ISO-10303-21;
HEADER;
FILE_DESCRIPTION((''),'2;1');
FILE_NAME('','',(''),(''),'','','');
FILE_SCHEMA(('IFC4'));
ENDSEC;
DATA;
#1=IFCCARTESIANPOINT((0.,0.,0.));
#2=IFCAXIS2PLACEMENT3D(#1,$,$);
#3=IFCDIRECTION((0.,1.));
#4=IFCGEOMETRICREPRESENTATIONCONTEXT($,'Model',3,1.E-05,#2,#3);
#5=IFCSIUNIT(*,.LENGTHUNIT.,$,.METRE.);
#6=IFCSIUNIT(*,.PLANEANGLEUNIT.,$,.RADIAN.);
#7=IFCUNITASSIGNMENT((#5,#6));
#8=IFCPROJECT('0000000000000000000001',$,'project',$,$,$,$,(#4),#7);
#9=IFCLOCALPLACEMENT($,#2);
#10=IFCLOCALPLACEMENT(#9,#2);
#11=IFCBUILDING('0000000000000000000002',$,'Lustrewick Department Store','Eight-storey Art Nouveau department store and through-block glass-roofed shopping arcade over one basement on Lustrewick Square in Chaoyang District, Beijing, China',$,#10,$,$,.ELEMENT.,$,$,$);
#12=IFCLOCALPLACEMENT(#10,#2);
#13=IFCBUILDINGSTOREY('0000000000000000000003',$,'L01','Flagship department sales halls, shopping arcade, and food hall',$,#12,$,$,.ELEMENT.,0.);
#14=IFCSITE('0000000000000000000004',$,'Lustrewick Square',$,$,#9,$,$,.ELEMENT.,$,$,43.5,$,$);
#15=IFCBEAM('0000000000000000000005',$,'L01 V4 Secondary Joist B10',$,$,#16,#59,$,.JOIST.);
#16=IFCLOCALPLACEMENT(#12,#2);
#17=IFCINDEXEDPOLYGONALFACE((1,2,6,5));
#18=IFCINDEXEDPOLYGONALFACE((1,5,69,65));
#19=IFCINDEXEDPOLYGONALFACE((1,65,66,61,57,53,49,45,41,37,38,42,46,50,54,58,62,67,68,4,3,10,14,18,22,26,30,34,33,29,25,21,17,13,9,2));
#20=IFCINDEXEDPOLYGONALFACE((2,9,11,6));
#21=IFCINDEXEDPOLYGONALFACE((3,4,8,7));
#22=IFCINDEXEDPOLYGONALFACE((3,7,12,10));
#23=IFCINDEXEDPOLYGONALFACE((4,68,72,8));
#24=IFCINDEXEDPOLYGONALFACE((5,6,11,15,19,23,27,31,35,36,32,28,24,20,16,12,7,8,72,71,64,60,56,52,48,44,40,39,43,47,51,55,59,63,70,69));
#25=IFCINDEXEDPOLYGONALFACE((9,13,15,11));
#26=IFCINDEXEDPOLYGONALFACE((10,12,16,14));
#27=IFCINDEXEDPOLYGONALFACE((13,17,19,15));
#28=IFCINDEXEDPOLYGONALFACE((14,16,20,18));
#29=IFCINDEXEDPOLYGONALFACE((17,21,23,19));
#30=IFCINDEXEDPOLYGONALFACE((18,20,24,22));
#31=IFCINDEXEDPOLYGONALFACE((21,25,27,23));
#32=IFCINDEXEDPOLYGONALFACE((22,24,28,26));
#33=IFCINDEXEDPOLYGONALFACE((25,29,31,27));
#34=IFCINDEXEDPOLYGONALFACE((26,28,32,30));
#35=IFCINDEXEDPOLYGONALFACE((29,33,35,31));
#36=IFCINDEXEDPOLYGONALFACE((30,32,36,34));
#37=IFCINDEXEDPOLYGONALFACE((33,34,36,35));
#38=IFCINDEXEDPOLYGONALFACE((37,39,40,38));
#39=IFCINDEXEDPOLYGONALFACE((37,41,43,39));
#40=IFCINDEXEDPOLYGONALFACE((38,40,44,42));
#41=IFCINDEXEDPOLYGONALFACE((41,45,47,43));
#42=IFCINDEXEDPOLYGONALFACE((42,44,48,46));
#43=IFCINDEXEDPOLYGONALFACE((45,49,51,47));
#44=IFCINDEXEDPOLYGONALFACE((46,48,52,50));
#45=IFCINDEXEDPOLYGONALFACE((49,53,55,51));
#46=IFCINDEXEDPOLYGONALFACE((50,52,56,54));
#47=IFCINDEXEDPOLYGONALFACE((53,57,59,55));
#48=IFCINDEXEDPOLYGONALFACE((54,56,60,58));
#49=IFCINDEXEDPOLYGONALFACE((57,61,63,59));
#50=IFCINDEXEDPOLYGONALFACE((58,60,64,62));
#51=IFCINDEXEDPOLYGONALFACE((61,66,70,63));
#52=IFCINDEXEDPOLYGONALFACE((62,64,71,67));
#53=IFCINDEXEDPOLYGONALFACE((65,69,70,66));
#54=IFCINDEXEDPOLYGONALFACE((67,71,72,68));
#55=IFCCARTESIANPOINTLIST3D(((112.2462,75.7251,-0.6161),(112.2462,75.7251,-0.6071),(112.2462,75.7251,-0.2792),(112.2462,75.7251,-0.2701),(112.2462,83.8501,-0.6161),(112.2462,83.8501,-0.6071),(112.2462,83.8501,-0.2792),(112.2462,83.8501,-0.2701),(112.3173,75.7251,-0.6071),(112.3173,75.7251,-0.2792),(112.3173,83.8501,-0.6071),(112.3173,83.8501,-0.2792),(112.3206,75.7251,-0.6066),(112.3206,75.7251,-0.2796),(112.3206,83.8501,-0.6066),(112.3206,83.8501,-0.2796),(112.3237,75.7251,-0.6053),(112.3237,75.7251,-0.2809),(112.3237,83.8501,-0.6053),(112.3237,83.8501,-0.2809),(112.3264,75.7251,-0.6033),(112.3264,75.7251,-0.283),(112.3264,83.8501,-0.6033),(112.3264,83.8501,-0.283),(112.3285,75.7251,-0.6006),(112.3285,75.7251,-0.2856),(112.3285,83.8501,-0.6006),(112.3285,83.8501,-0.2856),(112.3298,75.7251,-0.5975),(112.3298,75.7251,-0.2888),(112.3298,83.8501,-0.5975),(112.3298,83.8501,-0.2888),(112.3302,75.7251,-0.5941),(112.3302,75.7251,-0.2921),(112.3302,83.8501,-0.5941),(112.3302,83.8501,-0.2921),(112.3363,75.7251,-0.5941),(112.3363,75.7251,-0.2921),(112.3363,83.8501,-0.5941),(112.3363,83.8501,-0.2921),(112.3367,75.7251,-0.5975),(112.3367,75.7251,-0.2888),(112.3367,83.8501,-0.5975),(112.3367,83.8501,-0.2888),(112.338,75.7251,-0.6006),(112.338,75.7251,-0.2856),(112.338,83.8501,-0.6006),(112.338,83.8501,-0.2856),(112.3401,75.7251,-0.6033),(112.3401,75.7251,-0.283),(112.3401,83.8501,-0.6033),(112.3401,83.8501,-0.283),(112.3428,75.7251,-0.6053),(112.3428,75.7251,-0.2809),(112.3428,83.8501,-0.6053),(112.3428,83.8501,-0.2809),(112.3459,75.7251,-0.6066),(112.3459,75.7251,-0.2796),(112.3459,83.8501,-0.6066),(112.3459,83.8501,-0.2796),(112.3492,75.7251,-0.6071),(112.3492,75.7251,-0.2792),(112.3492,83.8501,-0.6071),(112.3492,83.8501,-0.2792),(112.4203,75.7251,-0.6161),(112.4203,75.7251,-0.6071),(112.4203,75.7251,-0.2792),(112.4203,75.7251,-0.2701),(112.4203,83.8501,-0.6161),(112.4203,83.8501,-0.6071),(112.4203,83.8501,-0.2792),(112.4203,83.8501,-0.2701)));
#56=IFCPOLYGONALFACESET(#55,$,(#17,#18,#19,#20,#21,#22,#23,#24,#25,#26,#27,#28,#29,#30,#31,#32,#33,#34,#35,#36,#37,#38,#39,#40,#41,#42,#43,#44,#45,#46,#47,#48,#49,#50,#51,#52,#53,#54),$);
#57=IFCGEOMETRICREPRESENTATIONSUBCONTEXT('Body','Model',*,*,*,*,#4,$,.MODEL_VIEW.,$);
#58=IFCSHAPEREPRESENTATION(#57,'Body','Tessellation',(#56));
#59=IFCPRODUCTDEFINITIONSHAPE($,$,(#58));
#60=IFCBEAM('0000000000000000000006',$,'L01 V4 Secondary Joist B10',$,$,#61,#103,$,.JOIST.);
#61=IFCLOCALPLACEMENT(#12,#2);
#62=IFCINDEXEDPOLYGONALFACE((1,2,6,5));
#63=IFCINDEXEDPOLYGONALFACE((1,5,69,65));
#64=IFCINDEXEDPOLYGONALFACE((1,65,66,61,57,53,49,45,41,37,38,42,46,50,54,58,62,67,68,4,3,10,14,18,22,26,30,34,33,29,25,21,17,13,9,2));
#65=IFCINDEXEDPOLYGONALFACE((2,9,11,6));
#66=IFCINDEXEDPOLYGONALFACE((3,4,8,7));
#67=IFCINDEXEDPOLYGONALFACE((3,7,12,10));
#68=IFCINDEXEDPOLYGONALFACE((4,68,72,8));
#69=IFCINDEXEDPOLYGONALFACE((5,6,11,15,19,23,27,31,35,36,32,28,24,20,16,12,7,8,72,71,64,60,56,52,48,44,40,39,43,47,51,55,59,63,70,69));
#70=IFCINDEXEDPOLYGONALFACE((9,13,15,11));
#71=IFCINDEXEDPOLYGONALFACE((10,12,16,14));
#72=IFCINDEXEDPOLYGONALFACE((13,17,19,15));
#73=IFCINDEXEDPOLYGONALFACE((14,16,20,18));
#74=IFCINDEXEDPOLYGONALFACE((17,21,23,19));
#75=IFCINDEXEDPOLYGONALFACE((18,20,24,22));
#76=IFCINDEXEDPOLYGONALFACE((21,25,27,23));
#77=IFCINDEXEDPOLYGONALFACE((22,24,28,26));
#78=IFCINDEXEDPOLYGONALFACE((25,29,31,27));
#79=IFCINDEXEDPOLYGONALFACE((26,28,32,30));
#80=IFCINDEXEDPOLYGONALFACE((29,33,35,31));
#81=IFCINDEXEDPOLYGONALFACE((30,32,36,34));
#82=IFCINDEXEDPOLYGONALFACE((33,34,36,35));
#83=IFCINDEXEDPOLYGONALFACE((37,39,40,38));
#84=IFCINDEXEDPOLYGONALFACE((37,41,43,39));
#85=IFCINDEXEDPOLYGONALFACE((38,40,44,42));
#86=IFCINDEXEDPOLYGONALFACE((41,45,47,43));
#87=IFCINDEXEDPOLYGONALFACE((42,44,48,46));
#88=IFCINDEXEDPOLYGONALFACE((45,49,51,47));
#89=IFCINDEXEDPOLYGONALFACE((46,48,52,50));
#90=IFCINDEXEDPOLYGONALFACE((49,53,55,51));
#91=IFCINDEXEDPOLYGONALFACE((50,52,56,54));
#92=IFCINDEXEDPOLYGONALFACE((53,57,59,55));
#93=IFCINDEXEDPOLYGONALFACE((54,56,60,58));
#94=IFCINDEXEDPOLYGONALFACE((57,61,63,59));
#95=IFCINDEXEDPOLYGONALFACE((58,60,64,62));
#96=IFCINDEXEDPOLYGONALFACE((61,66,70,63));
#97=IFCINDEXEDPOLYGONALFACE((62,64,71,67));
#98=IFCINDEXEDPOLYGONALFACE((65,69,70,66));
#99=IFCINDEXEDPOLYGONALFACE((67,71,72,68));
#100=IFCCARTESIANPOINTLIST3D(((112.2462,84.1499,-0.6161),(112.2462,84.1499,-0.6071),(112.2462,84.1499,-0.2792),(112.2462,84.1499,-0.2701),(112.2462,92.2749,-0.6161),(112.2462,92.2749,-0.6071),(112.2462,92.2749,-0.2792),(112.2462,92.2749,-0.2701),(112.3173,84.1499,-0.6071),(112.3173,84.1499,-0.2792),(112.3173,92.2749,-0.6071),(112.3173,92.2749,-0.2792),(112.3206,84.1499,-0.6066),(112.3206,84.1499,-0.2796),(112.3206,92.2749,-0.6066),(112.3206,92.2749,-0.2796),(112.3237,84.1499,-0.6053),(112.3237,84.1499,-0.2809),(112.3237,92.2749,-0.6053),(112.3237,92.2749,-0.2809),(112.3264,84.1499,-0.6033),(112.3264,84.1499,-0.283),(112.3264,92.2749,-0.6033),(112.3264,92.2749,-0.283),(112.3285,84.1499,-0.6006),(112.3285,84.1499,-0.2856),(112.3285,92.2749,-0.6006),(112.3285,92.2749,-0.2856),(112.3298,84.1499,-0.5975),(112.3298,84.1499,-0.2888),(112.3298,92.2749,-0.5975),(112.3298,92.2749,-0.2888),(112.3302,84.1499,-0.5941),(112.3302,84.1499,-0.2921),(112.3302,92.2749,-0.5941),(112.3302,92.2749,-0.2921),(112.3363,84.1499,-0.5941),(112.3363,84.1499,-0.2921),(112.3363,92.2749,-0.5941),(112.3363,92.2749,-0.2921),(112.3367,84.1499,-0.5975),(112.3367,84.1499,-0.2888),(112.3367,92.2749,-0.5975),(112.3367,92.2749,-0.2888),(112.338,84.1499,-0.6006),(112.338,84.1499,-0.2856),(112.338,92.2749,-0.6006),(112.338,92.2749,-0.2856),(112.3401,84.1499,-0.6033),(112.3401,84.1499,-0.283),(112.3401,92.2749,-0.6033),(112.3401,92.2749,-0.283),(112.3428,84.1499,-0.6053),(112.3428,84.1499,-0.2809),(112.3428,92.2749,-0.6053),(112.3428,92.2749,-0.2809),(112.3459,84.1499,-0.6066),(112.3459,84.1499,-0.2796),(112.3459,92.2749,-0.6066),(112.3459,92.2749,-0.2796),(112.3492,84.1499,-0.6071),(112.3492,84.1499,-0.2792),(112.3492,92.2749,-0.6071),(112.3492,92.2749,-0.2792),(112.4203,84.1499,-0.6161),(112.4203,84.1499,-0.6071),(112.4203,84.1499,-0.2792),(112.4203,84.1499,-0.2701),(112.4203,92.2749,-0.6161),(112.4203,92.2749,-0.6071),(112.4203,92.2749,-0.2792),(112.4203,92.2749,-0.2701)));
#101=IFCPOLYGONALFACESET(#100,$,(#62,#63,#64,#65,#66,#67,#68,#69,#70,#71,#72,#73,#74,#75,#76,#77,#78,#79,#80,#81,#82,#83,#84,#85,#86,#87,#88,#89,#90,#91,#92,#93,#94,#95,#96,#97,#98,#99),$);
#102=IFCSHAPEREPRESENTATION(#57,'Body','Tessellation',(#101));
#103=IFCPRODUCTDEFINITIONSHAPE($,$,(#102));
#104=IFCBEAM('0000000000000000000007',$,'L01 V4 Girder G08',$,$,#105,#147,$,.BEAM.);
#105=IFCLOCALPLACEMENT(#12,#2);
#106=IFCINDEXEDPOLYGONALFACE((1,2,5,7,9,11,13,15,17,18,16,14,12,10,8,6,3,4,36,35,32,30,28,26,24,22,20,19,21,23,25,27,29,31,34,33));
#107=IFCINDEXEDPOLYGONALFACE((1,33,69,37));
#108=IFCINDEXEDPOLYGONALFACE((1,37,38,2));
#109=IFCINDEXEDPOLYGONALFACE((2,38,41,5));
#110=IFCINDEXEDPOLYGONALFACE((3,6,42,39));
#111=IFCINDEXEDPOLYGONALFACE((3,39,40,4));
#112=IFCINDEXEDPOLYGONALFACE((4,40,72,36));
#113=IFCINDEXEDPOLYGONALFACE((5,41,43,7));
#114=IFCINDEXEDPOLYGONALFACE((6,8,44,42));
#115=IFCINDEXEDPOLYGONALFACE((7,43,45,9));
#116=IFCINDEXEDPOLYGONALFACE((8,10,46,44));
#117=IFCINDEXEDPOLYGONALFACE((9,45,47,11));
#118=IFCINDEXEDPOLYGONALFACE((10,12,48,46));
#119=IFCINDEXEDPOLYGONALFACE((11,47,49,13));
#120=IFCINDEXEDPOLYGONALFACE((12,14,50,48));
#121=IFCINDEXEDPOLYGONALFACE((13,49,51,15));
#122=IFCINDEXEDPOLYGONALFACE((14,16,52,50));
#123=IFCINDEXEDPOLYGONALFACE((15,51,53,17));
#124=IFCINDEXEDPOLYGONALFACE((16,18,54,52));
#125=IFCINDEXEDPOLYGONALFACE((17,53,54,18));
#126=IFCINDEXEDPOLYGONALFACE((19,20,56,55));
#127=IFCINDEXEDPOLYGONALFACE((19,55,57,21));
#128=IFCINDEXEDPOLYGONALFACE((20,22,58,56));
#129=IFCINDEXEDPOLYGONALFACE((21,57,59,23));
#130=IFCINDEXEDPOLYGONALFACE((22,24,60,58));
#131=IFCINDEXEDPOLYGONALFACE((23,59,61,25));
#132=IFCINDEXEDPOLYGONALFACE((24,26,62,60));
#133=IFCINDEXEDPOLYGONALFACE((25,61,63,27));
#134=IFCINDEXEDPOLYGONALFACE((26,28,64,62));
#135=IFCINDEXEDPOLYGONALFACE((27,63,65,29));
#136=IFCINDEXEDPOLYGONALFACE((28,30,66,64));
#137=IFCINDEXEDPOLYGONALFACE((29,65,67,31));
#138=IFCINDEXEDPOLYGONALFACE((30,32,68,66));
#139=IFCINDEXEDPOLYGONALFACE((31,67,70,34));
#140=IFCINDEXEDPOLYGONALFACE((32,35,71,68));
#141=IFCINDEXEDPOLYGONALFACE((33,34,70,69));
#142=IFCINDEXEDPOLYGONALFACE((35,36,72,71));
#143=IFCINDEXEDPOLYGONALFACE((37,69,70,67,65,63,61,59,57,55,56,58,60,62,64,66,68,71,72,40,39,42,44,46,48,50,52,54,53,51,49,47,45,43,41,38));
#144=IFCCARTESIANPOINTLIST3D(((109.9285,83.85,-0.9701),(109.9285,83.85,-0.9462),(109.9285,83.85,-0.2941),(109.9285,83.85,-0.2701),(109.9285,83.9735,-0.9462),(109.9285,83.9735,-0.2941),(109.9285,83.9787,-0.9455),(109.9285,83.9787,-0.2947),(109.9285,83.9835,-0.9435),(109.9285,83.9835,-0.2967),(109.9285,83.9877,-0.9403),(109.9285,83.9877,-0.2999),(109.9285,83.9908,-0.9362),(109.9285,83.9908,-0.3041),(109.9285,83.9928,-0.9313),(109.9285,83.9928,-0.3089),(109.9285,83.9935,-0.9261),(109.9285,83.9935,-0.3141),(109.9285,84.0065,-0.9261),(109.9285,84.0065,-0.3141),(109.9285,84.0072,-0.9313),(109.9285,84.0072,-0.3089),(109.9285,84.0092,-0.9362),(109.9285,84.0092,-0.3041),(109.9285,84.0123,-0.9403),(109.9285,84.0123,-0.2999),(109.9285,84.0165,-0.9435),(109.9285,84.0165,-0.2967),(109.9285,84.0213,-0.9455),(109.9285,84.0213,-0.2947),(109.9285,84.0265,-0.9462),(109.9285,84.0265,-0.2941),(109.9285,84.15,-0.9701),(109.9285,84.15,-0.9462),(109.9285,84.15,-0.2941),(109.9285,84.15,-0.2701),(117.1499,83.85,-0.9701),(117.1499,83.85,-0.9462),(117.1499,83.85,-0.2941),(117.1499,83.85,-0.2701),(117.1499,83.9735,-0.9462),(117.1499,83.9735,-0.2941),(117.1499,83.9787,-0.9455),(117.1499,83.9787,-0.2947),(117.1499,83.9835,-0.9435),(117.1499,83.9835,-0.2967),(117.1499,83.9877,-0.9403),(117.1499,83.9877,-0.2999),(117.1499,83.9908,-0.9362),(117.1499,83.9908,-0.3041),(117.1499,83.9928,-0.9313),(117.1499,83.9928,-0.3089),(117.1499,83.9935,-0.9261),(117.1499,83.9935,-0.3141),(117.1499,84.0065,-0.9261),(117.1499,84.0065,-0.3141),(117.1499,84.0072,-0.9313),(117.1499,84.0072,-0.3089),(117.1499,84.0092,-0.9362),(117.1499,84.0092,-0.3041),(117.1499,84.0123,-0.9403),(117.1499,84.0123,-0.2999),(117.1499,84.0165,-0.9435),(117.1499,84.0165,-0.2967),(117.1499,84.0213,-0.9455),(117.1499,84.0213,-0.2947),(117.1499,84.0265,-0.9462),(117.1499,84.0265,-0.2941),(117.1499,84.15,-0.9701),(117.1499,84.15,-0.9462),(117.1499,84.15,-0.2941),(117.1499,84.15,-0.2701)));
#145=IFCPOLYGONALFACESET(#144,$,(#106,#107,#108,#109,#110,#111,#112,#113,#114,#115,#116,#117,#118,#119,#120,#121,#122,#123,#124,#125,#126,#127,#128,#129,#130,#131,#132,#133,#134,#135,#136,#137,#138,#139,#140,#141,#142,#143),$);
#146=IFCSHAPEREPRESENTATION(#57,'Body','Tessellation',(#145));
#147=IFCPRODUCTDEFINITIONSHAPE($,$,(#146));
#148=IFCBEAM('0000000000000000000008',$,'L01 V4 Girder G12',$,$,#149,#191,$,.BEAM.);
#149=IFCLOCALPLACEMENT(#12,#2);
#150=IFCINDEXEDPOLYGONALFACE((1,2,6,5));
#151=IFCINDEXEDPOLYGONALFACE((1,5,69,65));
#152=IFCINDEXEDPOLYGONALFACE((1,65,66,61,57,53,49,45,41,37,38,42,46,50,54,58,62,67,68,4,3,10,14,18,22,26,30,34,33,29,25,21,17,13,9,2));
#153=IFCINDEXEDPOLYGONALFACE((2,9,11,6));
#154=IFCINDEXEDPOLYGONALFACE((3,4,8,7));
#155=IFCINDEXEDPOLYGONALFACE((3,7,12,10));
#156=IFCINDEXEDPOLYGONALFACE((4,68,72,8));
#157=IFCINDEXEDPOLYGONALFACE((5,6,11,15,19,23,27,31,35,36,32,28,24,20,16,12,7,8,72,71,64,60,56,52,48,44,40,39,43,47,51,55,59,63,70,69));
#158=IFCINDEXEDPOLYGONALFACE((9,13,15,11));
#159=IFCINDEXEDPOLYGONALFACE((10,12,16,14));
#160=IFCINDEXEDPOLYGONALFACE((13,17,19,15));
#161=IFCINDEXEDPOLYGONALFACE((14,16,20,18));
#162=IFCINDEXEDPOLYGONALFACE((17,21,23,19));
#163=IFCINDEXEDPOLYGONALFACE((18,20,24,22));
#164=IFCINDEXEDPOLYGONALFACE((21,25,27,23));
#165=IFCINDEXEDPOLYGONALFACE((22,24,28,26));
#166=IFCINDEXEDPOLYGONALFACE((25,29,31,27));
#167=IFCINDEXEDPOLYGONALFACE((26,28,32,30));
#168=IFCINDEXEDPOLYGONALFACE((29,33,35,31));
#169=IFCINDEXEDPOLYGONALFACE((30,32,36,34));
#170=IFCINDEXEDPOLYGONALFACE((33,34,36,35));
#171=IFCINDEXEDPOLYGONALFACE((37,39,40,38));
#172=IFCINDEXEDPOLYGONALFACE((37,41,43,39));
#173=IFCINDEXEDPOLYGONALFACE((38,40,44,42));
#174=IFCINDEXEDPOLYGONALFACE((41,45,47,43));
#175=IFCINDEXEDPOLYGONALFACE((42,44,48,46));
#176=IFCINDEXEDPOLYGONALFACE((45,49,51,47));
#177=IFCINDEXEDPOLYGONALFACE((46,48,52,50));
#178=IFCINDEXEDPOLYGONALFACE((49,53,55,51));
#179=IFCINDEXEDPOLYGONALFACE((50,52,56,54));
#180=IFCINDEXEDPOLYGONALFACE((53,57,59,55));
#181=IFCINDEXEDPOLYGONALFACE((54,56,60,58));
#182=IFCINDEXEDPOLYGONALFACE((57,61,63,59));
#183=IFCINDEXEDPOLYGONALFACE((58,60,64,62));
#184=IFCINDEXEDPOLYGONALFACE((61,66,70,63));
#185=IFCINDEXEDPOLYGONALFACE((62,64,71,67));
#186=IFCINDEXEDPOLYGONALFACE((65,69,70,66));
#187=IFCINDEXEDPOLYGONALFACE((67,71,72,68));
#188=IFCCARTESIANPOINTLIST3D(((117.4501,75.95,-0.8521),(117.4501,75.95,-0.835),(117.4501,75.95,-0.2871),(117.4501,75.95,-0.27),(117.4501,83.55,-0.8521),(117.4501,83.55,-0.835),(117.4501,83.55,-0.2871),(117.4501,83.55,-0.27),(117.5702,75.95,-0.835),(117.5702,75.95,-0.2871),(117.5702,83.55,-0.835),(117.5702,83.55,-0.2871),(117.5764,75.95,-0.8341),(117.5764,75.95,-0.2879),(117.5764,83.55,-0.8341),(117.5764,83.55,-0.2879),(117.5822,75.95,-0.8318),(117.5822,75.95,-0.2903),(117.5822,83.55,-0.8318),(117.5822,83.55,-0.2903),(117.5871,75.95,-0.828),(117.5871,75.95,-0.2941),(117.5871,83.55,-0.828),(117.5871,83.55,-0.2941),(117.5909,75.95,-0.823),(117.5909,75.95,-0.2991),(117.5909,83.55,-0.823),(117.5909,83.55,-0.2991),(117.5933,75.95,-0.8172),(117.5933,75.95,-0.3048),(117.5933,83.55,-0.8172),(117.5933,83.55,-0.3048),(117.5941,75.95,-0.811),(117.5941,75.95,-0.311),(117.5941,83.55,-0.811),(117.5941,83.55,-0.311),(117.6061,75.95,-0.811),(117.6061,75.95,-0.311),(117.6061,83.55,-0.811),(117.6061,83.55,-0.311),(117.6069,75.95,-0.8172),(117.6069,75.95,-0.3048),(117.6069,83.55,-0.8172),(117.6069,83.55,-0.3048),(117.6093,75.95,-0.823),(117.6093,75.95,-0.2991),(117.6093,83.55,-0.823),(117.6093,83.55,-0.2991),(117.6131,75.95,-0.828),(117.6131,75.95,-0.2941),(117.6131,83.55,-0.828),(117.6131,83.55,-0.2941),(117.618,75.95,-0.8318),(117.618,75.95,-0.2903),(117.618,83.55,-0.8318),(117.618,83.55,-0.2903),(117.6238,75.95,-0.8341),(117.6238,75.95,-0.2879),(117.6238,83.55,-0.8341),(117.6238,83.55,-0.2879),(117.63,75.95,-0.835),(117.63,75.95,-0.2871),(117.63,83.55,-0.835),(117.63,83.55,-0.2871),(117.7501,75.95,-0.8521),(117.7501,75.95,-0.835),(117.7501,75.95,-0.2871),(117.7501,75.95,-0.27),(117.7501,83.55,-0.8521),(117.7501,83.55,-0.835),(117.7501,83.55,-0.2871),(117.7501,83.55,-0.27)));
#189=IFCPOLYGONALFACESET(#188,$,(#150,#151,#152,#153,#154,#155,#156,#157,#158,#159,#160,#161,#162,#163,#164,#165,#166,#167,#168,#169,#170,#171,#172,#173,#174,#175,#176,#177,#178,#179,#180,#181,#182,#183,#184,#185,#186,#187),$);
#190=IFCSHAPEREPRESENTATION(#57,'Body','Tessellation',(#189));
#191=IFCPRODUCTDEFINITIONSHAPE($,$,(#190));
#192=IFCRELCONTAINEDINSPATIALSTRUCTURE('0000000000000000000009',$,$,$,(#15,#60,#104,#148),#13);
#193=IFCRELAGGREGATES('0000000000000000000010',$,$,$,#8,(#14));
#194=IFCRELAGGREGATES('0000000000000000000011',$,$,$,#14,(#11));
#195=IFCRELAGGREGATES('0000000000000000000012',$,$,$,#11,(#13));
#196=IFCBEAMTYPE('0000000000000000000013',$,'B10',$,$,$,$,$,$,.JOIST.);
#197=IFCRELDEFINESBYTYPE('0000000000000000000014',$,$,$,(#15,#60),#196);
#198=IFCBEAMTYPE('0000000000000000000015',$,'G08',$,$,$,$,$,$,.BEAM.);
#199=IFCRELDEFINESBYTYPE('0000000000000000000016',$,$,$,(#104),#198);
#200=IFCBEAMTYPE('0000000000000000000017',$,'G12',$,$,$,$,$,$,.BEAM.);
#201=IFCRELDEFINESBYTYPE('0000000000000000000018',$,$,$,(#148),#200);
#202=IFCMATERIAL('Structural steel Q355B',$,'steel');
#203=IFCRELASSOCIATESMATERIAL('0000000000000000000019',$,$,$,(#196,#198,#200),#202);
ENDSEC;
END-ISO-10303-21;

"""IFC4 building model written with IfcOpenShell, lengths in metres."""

from ifc_helpers import new_model, si_unit, direction, frame, origin, origin_2d, place, context, subcontext, project, spatial, i_section, extrude, material, material_profile, profile_set, type_object, element, save


model = new_model("IFC4")

# Units and contexts
model_context = context("Model", 3, precision=1e-05, world=origin(), true_north=direction((0.0, 1.0)))
body_context = subcontext(model_context, "Body", "Model", "MODEL_VIEW")
ifc_project = project(units=[si_unit("LENGTHUNIT", "METRE"), si_unit("PLANEANGLEUNIT", "RADIAN")], contexts=[model_context])

# Site, building, storey
site_placement = place(None, origin())
site = spatial("IfcSite", under=ifc_project, at=site_placement, Name="Lustrewick Square", CompositionType="ELEMENT", RefElevation=43.5)
building_placement = place(site_placement, origin())
building = spatial("IfcBuilding", under=site, at=building_placement, Name="Lustrewick Department Store", Description="Eight-storey Art Nouveau department store and through-block glass-roofed shopping arcade over one basement on Lustrewick Square in Chaoyang District, Beijing, China", CompositionType="ELEMENT")
storey_placement = place(building_placement, origin())
storey = spatial("IfcBuildingStorey", under=building, at=storey_placement, Name="L01", Description="Flagship department sales halls, shopping arcade, and food hall", CompositionType="ELEMENT", Elevation=0.0)

# Beams
ifc_material_1 = material(Name="Structural steel Q355B", Category="steel")
ifc_material_profile_1 = material_profile(ifc_material_1, i_section(OverallWidth=0.1741, OverallDepth=0.3459, WebThickness=0.0061, FlangeThickness=0.009, FilletRadius=0.0129, at=origin_2d()), Name="HN 346x174x6x9")
ifc_profile_set_1 = profile_set([ifc_material_profile_1], Name="Structural steel Q355B")
beam_type_1 = type_object("IfcBeamType", Name="B10", PredefinedType="JOIST", material=ifc_profile_set_1)
for number, where, z_axis, x_axis, name in (
    (1, (112.3333, 75.7251, -0.4431), (0.0, 1.0, 0.0), (-1.0, 0.0, 0.0), "L01 V4 Secondary Joist B10"),
    (2, (112.3333, 84.1499, -0.4431), (0.0, 1.0, 0.0), (-1.0, 0.0, 0.0), "L01 V4 Secondary Joist B10"),
):
    element("IfcBeam", number, at=place(storey_placement, frame(where, z_axis=z_axis, x_axis=x_axis)), inside=storey, type_object=beam_type_1, Name=name, PredefinedType="JOIST", context=body_context, shape_type="SweptSolid", body=[
        extrude(i_section(OverallWidth=0.1741, OverallDepth=0.3459, WebThickness=0.0061, FlangeThickness=0.009, FilletRadius=0.0129, at=origin_2d()), origin(), (0.0, 0.0, 1.0), 8.125),
    ])
ifc_material_profile_2 = material_profile(ifc_material_1, i_section(OverallWidth=0.3, OverallDepth=0.7, WebThickness=0.0129, FlangeThickness=0.0239, FilletRadius=0.02, at=origin_2d()), Name="HN 700x300x13x24")
ifc_profile_set_2 = profile_set([ifc_material_profile_2], Name="Structural steel Q355B")
beam_type_2 = type_object("IfcBeamType", Name="G08", PredefinedType="BEAM", material=ifc_profile_set_2)
beam_1_placement = place(storey_placement, frame((109.9285, 84.0, -0.6201), z_axis=(1.0, 0.0, 0.0), x_axis=(0.0, 1.0, 0.0)))
element("IfcBeam", 3, at=beam_1_placement, inside=storey, type_object=beam_type_2, Name="L01 V4 Girder G08", PredefinedType="BEAM", context=body_context, shape_type="SweptSolid", body=[
    extrude(i_section(OverallWidth=0.3, OverallDepth=0.7, WebThickness=0.0129, FlangeThickness=0.0239, FilletRadius=0.02, at=origin_2d()), origin(), (0.0, 0.0, 1.0), 7.2214),
])
ifc_material_profile_3 = material_profile(ifc_material_1, i_section(OverallWidth=0.3, OverallDepth=0.582, WebThickness=0.012, FlangeThickness=0.0171, FilletRadius=0.0239, at=origin_2d()), Name="HM 582x300x12x17")
ifc_profile_set_3 = profile_set([ifc_material_profile_3], Name="Structural steel Q355B")
beam_type_3 = type_object("IfcBeamType", Name="G12", PredefinedType="BEAM", material=ifc_profile_set_3)
beam_2_placement = place(storey_placement, frame((117.6001, 75.95, -0.561), z_axis=(0.0, 1.0, 0.0), x_axis=(-1.0, 0.0, 0.0)))
element("IfcBeam", 4, at=beam_2_placement, inside=storey, type_object=beam_type_3, Name="L01 V4 Girder G12", PredefinedType="BEAM", context=body_context, shape_type="SweptSolid", body=[
    extrude(i_section(OverallWidth=0.3, OverallDepth=0.582, WebThickness=0.012, FlangeThickness=0.0171, FilletRadius=0.0239, at=origin_2d()), origin(), (0.0, 0.0, 1.0), 7.6001),
])

save(model, "model.ifc")
